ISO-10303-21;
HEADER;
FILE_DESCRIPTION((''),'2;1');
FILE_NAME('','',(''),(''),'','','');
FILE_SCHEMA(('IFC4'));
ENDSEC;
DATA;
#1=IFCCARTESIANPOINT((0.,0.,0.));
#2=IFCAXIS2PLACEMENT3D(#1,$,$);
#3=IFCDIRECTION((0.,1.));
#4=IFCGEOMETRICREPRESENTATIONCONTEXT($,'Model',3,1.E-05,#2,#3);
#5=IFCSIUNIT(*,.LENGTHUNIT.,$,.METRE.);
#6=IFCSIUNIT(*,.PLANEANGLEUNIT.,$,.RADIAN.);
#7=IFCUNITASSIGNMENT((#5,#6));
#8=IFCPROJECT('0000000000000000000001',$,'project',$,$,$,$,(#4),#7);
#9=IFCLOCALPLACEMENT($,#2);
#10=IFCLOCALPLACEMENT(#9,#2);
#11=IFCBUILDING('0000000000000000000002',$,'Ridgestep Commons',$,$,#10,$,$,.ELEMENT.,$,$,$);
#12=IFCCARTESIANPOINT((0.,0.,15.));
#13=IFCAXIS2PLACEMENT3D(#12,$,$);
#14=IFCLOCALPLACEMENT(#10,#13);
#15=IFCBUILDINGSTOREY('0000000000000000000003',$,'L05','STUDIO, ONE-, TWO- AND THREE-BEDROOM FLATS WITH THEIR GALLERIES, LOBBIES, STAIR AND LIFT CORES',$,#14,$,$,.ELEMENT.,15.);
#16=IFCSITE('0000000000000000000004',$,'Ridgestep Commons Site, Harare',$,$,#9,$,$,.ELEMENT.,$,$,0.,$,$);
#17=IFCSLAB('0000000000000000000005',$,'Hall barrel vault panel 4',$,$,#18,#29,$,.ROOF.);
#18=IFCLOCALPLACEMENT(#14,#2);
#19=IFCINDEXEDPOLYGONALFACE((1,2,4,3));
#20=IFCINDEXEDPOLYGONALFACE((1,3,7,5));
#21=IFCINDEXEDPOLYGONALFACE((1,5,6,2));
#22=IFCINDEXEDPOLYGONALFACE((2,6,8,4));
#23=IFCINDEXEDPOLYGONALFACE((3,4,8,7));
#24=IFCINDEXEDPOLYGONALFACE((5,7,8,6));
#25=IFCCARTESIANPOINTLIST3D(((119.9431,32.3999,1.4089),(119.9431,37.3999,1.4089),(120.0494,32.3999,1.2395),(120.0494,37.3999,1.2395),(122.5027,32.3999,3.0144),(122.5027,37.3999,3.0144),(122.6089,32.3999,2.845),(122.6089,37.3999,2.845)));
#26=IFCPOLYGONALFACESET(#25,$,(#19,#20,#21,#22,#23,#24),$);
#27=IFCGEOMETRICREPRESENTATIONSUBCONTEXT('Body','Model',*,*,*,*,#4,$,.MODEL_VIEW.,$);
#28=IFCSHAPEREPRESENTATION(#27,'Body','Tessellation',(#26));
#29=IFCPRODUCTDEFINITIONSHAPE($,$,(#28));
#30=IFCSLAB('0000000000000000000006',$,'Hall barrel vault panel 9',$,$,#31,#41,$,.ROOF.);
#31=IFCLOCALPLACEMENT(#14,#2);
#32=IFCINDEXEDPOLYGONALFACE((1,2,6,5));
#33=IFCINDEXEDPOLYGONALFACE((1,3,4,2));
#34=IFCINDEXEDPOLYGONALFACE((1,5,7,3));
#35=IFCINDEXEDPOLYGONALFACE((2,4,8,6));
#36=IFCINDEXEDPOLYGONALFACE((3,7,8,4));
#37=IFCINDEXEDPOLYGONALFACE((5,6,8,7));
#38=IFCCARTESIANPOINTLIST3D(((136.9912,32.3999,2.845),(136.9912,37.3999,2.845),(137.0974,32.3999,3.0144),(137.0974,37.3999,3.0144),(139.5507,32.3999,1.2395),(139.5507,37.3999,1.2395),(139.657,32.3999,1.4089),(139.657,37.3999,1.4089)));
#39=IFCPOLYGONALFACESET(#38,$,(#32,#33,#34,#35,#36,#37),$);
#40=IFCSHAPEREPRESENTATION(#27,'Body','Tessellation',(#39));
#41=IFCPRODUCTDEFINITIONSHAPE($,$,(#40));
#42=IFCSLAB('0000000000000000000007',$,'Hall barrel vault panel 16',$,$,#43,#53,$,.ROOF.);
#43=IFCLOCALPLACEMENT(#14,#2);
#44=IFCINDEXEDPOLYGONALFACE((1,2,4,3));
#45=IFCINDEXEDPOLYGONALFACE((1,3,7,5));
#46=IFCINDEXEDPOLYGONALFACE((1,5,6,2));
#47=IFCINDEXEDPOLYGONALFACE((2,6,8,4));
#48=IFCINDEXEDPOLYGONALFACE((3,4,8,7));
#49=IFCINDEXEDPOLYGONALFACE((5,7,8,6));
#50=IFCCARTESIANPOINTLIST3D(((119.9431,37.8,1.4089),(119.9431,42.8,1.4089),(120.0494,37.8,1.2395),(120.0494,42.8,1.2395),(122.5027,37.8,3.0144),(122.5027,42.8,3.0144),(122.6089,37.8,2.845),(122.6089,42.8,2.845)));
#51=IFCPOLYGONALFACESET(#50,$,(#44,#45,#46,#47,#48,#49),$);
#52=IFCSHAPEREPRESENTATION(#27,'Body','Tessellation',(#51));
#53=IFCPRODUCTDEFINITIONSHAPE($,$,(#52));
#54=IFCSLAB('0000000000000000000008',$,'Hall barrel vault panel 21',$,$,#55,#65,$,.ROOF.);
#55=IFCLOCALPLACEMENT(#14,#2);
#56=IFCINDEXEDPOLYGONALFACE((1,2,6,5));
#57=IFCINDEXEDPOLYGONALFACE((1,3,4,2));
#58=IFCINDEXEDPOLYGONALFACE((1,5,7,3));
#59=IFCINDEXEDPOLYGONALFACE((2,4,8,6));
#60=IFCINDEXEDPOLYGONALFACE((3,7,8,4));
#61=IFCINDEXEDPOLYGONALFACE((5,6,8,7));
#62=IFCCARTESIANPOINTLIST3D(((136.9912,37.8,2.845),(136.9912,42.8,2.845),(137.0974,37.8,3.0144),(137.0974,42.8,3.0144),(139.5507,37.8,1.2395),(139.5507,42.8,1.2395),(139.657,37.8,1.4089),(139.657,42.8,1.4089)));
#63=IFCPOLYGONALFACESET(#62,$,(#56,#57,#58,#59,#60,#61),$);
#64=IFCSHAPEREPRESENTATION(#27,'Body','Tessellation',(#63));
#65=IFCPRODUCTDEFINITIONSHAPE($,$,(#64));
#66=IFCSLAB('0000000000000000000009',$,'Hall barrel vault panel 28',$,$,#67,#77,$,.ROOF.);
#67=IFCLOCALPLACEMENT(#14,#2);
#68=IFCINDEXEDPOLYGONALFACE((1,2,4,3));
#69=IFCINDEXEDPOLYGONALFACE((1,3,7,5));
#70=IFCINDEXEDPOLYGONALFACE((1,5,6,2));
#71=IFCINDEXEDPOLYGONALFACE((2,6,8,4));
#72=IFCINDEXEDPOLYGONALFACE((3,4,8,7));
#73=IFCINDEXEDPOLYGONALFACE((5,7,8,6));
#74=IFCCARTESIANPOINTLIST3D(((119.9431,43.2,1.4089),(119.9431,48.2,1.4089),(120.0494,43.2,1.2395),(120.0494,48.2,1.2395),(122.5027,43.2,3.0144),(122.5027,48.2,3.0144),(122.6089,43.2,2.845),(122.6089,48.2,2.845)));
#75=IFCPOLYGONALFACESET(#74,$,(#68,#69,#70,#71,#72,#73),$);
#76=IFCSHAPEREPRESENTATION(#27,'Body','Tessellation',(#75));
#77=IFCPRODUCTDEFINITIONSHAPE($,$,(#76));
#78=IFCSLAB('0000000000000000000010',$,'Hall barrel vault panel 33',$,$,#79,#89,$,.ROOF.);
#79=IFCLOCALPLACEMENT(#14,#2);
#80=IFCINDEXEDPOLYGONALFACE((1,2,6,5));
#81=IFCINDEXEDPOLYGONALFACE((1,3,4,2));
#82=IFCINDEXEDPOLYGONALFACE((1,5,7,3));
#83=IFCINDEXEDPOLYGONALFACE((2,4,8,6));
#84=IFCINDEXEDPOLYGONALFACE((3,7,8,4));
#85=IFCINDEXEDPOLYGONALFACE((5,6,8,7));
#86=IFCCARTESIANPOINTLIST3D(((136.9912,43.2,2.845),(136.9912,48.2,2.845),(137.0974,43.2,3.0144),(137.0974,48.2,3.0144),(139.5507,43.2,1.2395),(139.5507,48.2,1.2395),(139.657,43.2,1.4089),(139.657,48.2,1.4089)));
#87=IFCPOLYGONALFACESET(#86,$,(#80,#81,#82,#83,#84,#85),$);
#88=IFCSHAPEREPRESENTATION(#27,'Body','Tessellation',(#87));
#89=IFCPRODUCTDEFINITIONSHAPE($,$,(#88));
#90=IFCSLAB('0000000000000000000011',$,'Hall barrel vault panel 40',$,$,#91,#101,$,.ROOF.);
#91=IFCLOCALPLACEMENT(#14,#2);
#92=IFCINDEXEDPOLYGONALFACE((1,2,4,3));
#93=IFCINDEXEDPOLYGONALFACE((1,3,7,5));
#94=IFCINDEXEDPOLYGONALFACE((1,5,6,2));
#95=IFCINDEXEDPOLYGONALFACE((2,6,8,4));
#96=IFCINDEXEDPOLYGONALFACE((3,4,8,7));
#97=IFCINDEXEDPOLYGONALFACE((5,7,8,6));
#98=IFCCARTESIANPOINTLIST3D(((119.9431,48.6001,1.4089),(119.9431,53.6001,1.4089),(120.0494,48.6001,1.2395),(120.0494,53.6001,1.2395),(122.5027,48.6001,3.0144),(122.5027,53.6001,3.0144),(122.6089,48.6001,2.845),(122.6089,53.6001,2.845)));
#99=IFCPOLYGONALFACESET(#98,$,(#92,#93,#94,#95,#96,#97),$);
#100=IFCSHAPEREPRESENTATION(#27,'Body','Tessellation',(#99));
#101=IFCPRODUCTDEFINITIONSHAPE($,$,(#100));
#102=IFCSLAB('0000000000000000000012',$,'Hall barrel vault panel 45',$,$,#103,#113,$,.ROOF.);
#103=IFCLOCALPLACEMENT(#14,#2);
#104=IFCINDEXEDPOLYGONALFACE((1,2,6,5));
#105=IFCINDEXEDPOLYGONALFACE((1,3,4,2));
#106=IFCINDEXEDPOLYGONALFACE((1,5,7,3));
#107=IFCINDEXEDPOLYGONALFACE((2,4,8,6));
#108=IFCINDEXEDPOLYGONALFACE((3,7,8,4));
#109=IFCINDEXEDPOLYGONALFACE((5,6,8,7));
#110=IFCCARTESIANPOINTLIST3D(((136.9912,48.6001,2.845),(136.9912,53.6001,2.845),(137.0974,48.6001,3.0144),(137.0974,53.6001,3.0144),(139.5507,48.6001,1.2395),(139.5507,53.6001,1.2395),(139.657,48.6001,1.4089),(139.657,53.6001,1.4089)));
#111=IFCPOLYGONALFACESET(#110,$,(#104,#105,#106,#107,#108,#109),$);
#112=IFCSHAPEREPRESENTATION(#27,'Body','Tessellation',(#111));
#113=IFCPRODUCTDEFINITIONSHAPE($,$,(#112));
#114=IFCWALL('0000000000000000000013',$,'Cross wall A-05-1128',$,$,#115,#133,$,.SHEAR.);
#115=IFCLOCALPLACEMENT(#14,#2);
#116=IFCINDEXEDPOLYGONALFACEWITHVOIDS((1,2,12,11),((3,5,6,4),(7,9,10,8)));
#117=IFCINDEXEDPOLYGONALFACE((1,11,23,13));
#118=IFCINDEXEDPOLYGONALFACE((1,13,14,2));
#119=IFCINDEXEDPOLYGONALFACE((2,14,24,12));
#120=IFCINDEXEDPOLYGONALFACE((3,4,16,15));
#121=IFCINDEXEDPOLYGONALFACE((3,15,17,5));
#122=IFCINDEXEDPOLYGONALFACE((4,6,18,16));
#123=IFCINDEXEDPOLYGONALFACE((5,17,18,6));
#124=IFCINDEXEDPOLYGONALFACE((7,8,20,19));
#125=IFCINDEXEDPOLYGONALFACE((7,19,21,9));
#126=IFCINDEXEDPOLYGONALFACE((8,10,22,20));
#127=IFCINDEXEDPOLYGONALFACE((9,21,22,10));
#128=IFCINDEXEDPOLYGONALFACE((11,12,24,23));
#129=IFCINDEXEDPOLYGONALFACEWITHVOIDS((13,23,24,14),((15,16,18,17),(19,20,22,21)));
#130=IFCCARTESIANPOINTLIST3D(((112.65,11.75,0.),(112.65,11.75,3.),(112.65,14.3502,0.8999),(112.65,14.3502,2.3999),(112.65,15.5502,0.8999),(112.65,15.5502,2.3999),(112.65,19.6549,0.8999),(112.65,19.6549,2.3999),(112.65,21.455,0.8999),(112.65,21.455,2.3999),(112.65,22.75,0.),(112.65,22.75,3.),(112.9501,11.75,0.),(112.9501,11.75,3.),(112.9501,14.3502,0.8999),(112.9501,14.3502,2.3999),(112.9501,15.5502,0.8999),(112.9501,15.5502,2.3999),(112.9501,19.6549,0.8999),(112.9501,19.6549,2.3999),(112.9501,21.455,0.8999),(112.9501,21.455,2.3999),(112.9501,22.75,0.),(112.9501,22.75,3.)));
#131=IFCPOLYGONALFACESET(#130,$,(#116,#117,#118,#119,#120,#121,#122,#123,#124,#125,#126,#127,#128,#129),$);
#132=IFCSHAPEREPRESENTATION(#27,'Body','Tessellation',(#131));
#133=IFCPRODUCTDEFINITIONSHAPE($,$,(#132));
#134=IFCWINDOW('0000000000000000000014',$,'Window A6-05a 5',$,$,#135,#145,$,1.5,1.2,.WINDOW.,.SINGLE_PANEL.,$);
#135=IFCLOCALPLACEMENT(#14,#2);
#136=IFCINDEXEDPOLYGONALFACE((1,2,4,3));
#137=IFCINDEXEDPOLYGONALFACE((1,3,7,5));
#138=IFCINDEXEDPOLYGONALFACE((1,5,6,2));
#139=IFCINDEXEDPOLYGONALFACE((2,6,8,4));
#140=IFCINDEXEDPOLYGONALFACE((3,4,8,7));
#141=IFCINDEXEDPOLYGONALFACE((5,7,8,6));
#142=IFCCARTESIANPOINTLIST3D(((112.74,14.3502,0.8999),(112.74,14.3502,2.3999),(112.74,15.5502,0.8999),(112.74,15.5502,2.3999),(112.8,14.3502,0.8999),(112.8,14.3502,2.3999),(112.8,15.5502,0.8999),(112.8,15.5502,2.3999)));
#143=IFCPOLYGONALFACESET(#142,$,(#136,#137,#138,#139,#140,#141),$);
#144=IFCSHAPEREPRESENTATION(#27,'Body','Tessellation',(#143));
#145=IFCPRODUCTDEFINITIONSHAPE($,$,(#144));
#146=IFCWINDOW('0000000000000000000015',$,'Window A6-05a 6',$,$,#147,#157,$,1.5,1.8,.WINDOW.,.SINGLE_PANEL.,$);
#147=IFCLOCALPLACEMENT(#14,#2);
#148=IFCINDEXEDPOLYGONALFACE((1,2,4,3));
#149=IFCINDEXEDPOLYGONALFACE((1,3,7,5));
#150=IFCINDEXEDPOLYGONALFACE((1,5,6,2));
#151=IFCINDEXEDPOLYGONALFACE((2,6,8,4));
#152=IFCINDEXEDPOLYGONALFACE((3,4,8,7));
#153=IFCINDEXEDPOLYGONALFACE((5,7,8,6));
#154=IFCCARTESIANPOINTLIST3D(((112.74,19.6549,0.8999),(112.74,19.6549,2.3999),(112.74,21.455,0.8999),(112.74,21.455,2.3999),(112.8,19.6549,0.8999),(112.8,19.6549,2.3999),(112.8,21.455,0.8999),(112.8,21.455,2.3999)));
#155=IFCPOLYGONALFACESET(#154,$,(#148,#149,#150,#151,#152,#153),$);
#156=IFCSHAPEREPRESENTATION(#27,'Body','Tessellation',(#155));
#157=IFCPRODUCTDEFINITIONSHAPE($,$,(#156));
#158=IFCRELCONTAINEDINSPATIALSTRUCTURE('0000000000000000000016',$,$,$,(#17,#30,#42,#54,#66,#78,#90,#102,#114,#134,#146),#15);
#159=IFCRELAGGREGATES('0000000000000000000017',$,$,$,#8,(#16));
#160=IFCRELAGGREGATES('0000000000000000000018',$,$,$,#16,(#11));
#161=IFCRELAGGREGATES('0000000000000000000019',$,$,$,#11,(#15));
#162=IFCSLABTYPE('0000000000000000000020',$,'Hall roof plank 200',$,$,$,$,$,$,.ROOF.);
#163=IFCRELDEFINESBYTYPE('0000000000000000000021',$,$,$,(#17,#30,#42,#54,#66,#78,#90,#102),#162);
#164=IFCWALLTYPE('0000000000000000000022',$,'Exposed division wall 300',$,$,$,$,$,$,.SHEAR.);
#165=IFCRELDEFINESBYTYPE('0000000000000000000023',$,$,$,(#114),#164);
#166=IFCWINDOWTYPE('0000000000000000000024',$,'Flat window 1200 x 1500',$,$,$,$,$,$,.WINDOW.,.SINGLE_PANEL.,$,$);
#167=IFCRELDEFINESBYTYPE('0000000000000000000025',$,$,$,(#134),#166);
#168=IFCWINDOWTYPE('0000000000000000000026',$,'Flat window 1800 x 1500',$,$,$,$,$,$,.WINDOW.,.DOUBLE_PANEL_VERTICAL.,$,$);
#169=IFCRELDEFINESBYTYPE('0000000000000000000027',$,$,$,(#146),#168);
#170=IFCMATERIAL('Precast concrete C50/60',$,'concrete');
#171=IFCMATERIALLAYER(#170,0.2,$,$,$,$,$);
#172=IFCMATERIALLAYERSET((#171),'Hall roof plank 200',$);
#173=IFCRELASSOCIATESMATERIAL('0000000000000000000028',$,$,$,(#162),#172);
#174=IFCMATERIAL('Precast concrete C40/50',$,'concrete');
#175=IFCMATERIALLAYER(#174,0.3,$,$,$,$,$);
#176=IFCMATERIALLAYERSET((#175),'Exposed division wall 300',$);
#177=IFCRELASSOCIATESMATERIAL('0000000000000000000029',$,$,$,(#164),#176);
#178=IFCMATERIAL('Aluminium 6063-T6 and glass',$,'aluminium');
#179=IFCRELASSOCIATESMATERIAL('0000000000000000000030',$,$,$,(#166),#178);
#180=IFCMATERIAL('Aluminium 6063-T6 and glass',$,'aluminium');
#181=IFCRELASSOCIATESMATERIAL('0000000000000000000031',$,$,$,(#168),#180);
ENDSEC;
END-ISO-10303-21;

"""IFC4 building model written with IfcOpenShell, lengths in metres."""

from ifc_helpers import new_model, si_unit, direction, frame, frame_2d, origin, place, context, subcontext, project, spatial, polyline, rectangle, outline, extrude, material, layer, layer_set, type_object, element, fill, save


model = new_model("IFC4")

# Units and contexts
model_context = context("Model", 3, precision=1e-05, world=origin(), true_north=direction((0.0, 1.0)))
body_context = subcontext(model_context, "Body", "Model", "MODEL_VIEW")
ifc_project = project(units=[si_unit("LENGTHUNIT", "METRE"), si_unit("PLANEANGLEUNIT", "RADIAN")], contexts=[model_context])

# Site, building, storey
site_placement = place(None, origin())
site = spatial("IfcSite", under=ifc_project, at=site_placement, Name="Ridgestep Commons Site, Harare", CompositionType="ELEMENT", RefElevation=0.0)
building_placement = place(site_placement, origin())
building = spatial("IfcBuilding", under=site, at=building_placement, Name="Ridgestep Commons", CompositionType="ELEMENT")
storey_placement = place(building_placement, frame((0.0, 0.0, 15.0)))
storey = spatial("IfcBuildingStorey", under=building, at=storey_placement, Name="L05", Description="STUDIO, ONE-, TWO- AND THREE-BEDROOM FLATS WITH THEIR GALLERIES, LOBBIES, STAIR AND LIFT CORES", CompositionType="ELEMENT", Elevation=15.0)

# Slabs
ifc_material_1 = material(Name="Precast concrete C50/60", Category="concrete")
ifc_layer_1 = layer(ifc_material_1, 0.2)
ifc_layer_set_1 = layer_set([ifc_layer_1], Name="Hall roof plank 200")
slab_type = type_object("IfcSlabType", Name="Hall roof plank 200", PredefinedType="ROOF", material=ifc_layer_set_1)
for number, where, z_axis, x_axis, name in (
    (1, (119.9431, 32.3999, 1.4089), (-0.531364, 0.0, 0.847144), (0.847144, 0.0, 0.531364), "Hall barrel vault panel 4"),
    (2, (137.0974, 32.3999, 3.0144), (0.531364, 0.0, 0.847144), (0.847144, 0.0, -0.531364), "Hall barrel vault panel 9"),
    (3, (119.9431, 37.8, 1.4089), (-0.531364, 0.0, 0.847144), (0.847144, 0.0, 0.531364), "Hall barrel vault panel 16"),
    (4, (137.0974, 37.8, 3.0144), (0.531364, 0.0, 0.847144), (0.847144, 0.0, -0.531364), "Hall barrel vault panel 21"),
    (5, (119.9431, 43.2, 1.4089), (-0.531364, 0.0, 0.847144), (0.847144, 0.0, 0.531364), "Hall barrel vault panel 28"),
    (6, (137.0974, 43.2, 3.0144), (0.531364, 0.0, 0.847144), (0.847144, 0.0, -0.531364), "Hall barrel vault panel 33"),
    (7, (119.9431, 48.6001, 1.4089), (-0.531364, 0.0, 0.847144), (0.847144, 0.0, 0.531364), "Hall barrel vault panel 40"),
    (8, (137.0974, 48.6001, 3.0144), (0.531364, 0.0, 0.847144), (0.847144, 0.0, -0.531364), "Hall barrel vault panel 45"),
):
    element("IfcSlab", number, at=place(storey_placement, frame(where, z_axis=z_axis, x_axis=x_axis)), inside=storey, type_object=slab_type, Name=name, PredefinedType="ROOF", context=body_context, shape_type="SweptSolid", body=[
        extrude(outline(polyline([(0.0, 0.0), (3.0214, 0.0), (3.0214, 5.0), (0.0, 5.0), (0.0, 0.0)])), origin(), (0.0, 0.0, -1.0), 0.2),
    ])

# Wall, openings, windows
ifc_material_2 = material(Name="Precast concrete C40/50", Category="concrete")
ifc_layer_2 = layer(ifc_material_2, 0.3)
ifc_layer_set_2 = layer_set([ifc_layer_2], Name="Exposed division wall 300")
wall_type_1 = type_object("IfcWallType", Name="Exposed division wall 300", PredefinedType="SHEAR", material=ifc_layer_set_2)
wall_1_placement = place(storey_placement, frame((112.8, 11.75, 0.0), z_axis=(0.0, 0.0, 1.0), x_axis=(0.0, 1.0, 0.0)))
wall_1 = element("IfcWall", 9, at=wall_1_placement, inside=storey, type_object=wall_type_1, Name="Cross wall A-05-1128", PredefinedType="SHEAR", context=body_context, shape_type="SweptSolid", body=[
    extrude(rectangle(XDim=11.0, YDim=0.3, at=frame_2d((5.5, 0.0))), origin(), (0.0, 0.0, 1.0), 3.0),
])
opening_1_placement = place(wall_1_placement, frame((2.6001, 0.0, 0.8999)))
opening_1 = element("IfcOpeningElement", 10, at=opening_1_placement, cuts=wall_1, PredefinedType="OPENING", context=body_context, shape_type="SweptSolid", body=[
    extrude(rectangle(XDim=1.2, YDim=1.5, at=frame_2d((0.6001, 0.75))), frame((0.0, 0.1599, 0.0), z_axis=(0.0, -1.0, 0.0), x_axis=(1.0, 0.0, 0.0)), (0.0, 0.0, 1.0), 0.3201),
])
opening_2_placement = place(wall_1_placement, frame((7.905, 0.0, 0.8999)))
opening_2 = element("IfcOpeningElement", 11, at=opening_2_placement, cuts=wall_1, PredefinedType="OPENING", context=body_context, shape_type="SweptSolid", body=[
    extrude(rectangle(XDim=1.8, YDim=1.5, at=frame_2d((0.8999, 0.75))), frame((0.0, 0.1599, 0.0), z_axis=(0.0, -1.0, 0.0), x_axis=(1.0, 0.0, 0.0)), (0.0, 0.0, 1.0), 0.3201),
])
ifc_material_3 = material(Name="Aluminium 6063-T6 and glass", Category="aluminium")
window_type_1 = type_object("IfcWindowType", Name="Flat window 1200 x 1500", PartitioningType="SINGLE_PANEL", PredefinedType="WINDOW", material=ifc_material_3)
window_1_placement = place(opening_1_placement, origin())
window_1 = element("IfcWindow", 12, at=window_1_placement, inside=storey, type_object=window_type_1, Name="Window A6-05a 5", OverallHeight=1.5, OverallWidth=1.2, PartitioningType="SINGLE_PANEL", PredefinedType="WINDOW", context=body_context, shape_type="SweptSolid", body=[
    extrude(rectangle(XDim=1.2, YDim=1.5, at=frame_2d((0.6001, 0.75))), frame((0.0, 0.0601, 0.0), z_axis=(0.0, -1.0, 0.0), x_axis=(1.0, 0.0, 0.0)), (0.0, 0.0, 1.0), 0.0601),
])
fill(opening_1, window_1)
ifc_material_4 = material(Name="Aluminium 6063-T6 and glass", Category="aluminium")
window_type_2 = type_object("IfcWindowType", Name="Flat window 1800 x 1500", PartitioningType="DOUBLE_PANEL_VERTICAL", PredefinedType="WINDOW", material=ifc_material_4)
window_2_placement = place(opening_2_placement, origin())
window_2 = element("IfcWindow", 13, at=window_2_placement, inside=storey, type_object=window_type_2, Name="Window A6-05a 6", OverallHeight=1.5, OverallWidth=1.8, PartitioningType="SINGLE_PANEL", PredefinedType="WINDOW", context=body_context, shape_type="SweptSolid", body=[
    extrude(rectangle(XDim=1.8, YDim=1.5, at=frame_2d((0.8999, 0.75))), frame((0.0, 0.0601, 0.0), z_axis=(0.0, -1.0, 0.0), x_axis=(1.0, 0.0, 0.0)), (0.0, 0.0, 1.0), 0.0601),
])
fill(opening_2, window_2)

save(model, "model.ifc")
